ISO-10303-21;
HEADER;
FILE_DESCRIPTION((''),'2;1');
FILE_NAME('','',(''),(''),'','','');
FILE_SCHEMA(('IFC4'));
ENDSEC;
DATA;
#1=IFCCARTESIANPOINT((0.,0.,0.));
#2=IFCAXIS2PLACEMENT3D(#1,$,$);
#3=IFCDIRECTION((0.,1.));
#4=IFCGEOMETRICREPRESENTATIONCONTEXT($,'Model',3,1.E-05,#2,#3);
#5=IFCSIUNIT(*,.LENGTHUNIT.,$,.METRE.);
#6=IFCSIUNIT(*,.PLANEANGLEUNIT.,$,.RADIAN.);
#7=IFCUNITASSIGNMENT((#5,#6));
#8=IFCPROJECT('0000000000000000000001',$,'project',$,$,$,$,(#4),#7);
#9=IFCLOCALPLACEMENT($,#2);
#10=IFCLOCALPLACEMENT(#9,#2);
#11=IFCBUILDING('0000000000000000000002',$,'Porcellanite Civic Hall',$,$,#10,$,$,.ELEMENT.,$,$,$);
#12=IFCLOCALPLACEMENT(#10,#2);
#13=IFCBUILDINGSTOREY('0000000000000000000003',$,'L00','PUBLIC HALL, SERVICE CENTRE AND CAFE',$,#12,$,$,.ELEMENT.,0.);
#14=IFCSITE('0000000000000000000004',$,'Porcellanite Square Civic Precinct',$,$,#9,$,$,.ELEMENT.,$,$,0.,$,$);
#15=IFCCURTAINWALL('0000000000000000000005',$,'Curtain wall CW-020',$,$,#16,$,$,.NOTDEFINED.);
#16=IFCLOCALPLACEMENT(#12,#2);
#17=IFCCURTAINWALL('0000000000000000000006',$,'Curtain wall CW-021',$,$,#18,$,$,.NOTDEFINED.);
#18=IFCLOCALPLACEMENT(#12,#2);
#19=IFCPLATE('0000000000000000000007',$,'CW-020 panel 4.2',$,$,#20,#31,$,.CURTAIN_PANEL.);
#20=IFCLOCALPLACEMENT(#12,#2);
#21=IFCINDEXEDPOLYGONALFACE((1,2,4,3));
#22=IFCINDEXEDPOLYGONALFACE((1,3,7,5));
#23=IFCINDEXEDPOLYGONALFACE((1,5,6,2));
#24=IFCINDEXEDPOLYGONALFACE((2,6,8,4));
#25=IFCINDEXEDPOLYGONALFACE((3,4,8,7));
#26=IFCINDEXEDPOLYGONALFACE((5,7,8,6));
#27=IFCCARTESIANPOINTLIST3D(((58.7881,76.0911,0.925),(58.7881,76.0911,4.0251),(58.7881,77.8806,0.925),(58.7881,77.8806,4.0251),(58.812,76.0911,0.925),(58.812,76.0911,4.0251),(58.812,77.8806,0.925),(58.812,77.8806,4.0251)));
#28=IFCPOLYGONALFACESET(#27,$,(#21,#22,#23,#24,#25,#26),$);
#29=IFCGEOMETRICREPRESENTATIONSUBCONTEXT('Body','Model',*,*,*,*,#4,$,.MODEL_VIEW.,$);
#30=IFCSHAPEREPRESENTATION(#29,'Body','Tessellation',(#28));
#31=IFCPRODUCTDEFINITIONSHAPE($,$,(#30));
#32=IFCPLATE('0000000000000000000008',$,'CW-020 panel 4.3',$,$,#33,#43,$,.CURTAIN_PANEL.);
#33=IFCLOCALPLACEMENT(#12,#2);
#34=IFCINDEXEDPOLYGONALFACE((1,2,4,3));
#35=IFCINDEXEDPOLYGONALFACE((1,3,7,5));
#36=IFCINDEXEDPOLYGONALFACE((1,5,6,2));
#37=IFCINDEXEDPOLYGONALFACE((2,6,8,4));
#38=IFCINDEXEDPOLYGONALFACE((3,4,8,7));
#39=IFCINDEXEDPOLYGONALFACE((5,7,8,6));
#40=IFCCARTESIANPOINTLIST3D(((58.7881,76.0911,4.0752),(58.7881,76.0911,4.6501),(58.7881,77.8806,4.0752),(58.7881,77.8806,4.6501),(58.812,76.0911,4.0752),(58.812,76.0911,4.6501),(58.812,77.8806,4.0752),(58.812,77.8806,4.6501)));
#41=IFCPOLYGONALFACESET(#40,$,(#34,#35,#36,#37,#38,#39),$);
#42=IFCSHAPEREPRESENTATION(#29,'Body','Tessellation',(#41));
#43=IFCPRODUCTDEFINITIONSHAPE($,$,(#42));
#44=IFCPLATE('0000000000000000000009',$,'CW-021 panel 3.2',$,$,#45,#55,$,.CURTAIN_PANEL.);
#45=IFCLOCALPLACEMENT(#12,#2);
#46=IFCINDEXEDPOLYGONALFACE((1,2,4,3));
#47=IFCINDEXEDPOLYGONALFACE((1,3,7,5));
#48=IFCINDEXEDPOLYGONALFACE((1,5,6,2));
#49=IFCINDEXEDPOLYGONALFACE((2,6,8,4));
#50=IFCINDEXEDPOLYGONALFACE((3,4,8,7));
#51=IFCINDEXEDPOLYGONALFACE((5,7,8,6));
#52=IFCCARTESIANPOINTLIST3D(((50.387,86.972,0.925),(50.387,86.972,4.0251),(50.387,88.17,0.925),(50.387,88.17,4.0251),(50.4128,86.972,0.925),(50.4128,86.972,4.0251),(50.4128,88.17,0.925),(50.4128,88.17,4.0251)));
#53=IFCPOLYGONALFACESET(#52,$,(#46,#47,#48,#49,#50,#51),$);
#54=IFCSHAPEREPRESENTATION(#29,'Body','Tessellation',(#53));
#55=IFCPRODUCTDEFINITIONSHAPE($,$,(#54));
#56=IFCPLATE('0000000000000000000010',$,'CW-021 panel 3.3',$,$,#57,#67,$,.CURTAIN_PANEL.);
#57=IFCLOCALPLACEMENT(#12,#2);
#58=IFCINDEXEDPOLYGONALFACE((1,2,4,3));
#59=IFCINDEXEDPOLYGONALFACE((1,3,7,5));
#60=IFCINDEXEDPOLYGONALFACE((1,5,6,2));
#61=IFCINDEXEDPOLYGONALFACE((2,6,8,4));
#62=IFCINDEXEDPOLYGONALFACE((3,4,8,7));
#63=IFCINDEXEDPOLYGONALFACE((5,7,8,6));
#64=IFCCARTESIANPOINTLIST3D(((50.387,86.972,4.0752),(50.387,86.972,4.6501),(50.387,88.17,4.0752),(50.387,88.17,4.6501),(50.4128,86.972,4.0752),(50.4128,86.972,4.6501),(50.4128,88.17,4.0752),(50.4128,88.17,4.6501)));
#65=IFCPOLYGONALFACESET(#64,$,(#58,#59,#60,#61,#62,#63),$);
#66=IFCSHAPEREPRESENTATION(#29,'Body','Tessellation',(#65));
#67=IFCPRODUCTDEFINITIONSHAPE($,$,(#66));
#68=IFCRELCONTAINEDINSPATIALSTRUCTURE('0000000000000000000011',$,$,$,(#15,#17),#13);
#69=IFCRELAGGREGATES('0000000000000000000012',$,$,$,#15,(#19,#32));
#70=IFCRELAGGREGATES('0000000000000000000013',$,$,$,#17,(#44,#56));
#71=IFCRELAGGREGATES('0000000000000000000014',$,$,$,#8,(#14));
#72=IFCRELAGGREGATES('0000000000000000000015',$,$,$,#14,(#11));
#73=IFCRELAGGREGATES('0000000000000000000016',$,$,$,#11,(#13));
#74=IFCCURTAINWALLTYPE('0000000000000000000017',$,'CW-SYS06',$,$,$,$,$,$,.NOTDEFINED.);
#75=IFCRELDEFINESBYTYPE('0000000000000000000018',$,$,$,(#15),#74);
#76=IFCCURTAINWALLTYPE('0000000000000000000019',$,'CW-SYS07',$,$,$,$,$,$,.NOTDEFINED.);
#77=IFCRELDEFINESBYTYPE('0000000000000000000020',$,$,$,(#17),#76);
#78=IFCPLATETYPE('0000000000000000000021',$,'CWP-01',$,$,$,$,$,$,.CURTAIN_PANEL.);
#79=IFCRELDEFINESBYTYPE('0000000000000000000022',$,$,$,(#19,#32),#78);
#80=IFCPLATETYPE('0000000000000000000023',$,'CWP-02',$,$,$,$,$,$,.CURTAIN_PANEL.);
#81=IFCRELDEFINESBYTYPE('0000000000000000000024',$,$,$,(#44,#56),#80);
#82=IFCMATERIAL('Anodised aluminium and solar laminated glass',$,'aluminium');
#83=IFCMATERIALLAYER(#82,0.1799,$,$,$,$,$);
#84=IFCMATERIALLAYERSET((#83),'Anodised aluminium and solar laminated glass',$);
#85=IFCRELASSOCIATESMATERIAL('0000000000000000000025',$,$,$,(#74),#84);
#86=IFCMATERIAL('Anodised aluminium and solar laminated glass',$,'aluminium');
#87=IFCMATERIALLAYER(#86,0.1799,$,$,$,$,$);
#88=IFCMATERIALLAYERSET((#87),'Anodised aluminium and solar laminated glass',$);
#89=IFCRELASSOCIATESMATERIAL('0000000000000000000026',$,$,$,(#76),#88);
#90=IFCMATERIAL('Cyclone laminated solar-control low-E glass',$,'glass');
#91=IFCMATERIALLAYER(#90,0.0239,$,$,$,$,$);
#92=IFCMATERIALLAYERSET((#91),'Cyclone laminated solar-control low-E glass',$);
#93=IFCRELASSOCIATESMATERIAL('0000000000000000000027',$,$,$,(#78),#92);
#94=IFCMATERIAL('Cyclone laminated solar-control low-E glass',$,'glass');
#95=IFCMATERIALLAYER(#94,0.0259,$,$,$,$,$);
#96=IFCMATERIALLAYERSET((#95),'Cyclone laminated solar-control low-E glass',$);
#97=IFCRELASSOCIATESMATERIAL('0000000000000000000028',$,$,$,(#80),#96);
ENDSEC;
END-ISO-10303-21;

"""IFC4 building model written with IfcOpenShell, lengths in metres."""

from ifc_helpers import new_model, si_unit, direction, frame, origin, origin_2d, place, context, subcontext, project, spatial, rectangle, extrude, material, layer, layer_set, type_object, element, aggregate, save


model = new_model("IFC4")

# Units and contexts
model_context = context("Model", 3, precision=1e-05, world=origin(), true_north=direction((0.0, 1.0)))
body_context = subcontext(model_context, "Body", "Model", "MODEL_VIEW")
ifc_project = project(units=[si_unit("LENGTHUNIT", "METRE"), si_unit("PLANEANGLEUNIT", "RADIAN")], contexts=[model_context])

# Site, building, storey
site_placement = place(None, origin())
site = spatial("IfcSite", under=ifc_project, at=site_placement, Name="Porcellanite Square Civic Precinct", CompositionType="ELEMENT", RefElevation=0.0)
building_placement = place(site_placement, origin())
building = spatial("IfcBuilding", under=site, at=building_placement, Name="Porcellanite Civic Hall", CompositionType="ELEMENT")
storey_placement = place(building_placement, origin())
storey = spatial("IfcBuildingStorey", under=building, at=storey_placement, Name="L00", Description="PUBLIC HALL, SERVICE CENTRE AND CAFE", CompositionType="ELEMENT", Elevation=0.0)

# Curtain wall
ifc_material_1 = material(Name="Anodised aluminium and solar laminated glass", Category="aluminium")
ifc_layer_1 = layer(ifc_material_1, 0.1799)
ifc_layer_set_1 = layer_set([ifc_layer_1], Name="Anodised aluminium and solar laminated glass")
curtain_wall_type_1 = type_object("IfcCurtainWallType", Name="CW-SYS06", PredefinedType="NOTDEFINED", material=ifc_layer_set_1)
curtain_wall_1_placement = place(storey_placement, origin())
curtain_wall_1 = element("IfcCurtainWall", 1, at=curtain_wall_1_placement, inside=storey, type_object=curtain_wall_type_1, Name="Curtain wall CW-020", PredefinedType="NOTDEFINED")

# Curtain wall
ifc_material_2 = material(Name="Anodised aluminium and solar laminated glass", Category="aluminium")
ifc_layer_2 = layer(ifc_material_2, 0.1799)
ifc_layer_set_2 = layer_set([ifc_layer_2], Name="Anodised aluminium and solar laminated glass")
curtain_wall_type_2 = type_object("IfcCurtainWallType", Name="CW-SYS07", PredefinedType="NOTDEFINED", material=ifc_layer_set_2)
curtain_wall_2_placement = place(storey_placement, origin())
curtain_wall_2 = element("IfcCurtainWall", 2, at=curtain_wall_2_placement, inside=storey, type_object=curtain_wall_type_2, Name="Curtain wall CW-021", PredefinedType="NOTDEFINED")

# Plates
ifc_material_3 = material(Name="Cyclone laminated solar-control low-E glass", Category="glass")
ifc_layer_3 = layer(ifc_material_3, 0.0239)
ifc_layer_set_3 = layer_set([ifc_layer_3], Name="Cyclone laminated solar-control low-E glass")
plate_type_1 = type_object("IfcPlateType", Name="CWP-01", PredefinedType="CURTAIN_PANEL", material=ifc_layer_set_3)
plate_1_placement = place(storey_placement, frame((58.8, 76.9858, 0.925), z_axis=(0.0, 0.0, 1.0), x_axis=(0.0, -1.0, 0.0)))
plate_1 = element("IfcPlate", 3, at=plate_1_placement, type_object=plate_type_1, Name="CW-020 panel 4.2", PredefinedType="CURTAIN_PANEL", context=body_context, shape_type="SweptSolid", body=[
    extrude(rectangle(XDim=1.7896, YDim=0.0239, at=origin_2d()), origin(), (0.0, 0.0, 1.0), 3.1001),
])
plate_2_placement = place(storey_placement, frame((58.8, 76.9858, 4.0752), z_axis=(0.0, 0.0, 1.0), x_axis=(0.0, -1.0, 0.0)))
plate_2 = element("IfcPlate", 4, at=plate_2_placement, type_object=plate_type_1, Name="CW-020 panel 4.3", PredefinedType="CURTAIN_PANEL", context=body_context, shape_type="SweptSolid", body=[
    extrude(rectangle(XDim=1.7896, YDim=0.0239, at=origin_2d()), origin(), (0.0, 0.0, 1.0), 0.575),
])
aggregate(curtain_wall_1, [plate_1, plate_2])
ifc_material_4 = material(Name="Cyclone laminated solar-control low-E glass", Category="glass")
ifc_layer_4 = layer(ifc_material_4, 0.0259)
ifc_layer_set_4 = layer_set([ifc_layer_4], Name="Cyclone laminated solar-control low-E glass")
plate_type_2 = type_object("IfcPlateType", Name="CWP-02", PredefinedType="CURTAIN_PANEL", material=ifc_layer_set_4)
plate_3_placement = place(storey_placement, frame((50.3999, 87.571, 0.925), z_axis=(0.0, 0.0, 1.0), x_axis=(0.0, 1.0, 0.0)))
plate_3 = element("IfcPlate", 5, at=plate_3_placement, type_object=plate_type_2, Name="CW-021 panel 3.2", PredefinedType="CURTAIN_PANEL", context=body_context, shape_type="SweptSolid", body=[
    extrude(rectangle(XDim=1.198, YDim=0.0259, at=origin_2d()), origin(), (0.0, 0.0, 1.0), 3.1001),
])
plate_4_placement = place(storey_placement, frame((50.3999, 87.571, 4.0752), z_axis=(0.0, 0.0, 1.0), x_axis=(0.0, 1.0, 0.0)))
plate_4 = element("IfcPlate", 6, at=plate_4_placement, type_object=plate_type_2, Name="CW-021 panel 3.3", PredefinedType="CURTAIN_PANEL", context=body_context, shape_type="SweptSolid", body=[
    extrude(rectangle(XDim=1.198, YDim=0.0259, at=origin_2d()), origin(), (0.0, 0.0, 1.0), 0.575),
])
aggregate(curtain_wall_2, [plate_3, plate_4])

save(model, "model.ifc")
